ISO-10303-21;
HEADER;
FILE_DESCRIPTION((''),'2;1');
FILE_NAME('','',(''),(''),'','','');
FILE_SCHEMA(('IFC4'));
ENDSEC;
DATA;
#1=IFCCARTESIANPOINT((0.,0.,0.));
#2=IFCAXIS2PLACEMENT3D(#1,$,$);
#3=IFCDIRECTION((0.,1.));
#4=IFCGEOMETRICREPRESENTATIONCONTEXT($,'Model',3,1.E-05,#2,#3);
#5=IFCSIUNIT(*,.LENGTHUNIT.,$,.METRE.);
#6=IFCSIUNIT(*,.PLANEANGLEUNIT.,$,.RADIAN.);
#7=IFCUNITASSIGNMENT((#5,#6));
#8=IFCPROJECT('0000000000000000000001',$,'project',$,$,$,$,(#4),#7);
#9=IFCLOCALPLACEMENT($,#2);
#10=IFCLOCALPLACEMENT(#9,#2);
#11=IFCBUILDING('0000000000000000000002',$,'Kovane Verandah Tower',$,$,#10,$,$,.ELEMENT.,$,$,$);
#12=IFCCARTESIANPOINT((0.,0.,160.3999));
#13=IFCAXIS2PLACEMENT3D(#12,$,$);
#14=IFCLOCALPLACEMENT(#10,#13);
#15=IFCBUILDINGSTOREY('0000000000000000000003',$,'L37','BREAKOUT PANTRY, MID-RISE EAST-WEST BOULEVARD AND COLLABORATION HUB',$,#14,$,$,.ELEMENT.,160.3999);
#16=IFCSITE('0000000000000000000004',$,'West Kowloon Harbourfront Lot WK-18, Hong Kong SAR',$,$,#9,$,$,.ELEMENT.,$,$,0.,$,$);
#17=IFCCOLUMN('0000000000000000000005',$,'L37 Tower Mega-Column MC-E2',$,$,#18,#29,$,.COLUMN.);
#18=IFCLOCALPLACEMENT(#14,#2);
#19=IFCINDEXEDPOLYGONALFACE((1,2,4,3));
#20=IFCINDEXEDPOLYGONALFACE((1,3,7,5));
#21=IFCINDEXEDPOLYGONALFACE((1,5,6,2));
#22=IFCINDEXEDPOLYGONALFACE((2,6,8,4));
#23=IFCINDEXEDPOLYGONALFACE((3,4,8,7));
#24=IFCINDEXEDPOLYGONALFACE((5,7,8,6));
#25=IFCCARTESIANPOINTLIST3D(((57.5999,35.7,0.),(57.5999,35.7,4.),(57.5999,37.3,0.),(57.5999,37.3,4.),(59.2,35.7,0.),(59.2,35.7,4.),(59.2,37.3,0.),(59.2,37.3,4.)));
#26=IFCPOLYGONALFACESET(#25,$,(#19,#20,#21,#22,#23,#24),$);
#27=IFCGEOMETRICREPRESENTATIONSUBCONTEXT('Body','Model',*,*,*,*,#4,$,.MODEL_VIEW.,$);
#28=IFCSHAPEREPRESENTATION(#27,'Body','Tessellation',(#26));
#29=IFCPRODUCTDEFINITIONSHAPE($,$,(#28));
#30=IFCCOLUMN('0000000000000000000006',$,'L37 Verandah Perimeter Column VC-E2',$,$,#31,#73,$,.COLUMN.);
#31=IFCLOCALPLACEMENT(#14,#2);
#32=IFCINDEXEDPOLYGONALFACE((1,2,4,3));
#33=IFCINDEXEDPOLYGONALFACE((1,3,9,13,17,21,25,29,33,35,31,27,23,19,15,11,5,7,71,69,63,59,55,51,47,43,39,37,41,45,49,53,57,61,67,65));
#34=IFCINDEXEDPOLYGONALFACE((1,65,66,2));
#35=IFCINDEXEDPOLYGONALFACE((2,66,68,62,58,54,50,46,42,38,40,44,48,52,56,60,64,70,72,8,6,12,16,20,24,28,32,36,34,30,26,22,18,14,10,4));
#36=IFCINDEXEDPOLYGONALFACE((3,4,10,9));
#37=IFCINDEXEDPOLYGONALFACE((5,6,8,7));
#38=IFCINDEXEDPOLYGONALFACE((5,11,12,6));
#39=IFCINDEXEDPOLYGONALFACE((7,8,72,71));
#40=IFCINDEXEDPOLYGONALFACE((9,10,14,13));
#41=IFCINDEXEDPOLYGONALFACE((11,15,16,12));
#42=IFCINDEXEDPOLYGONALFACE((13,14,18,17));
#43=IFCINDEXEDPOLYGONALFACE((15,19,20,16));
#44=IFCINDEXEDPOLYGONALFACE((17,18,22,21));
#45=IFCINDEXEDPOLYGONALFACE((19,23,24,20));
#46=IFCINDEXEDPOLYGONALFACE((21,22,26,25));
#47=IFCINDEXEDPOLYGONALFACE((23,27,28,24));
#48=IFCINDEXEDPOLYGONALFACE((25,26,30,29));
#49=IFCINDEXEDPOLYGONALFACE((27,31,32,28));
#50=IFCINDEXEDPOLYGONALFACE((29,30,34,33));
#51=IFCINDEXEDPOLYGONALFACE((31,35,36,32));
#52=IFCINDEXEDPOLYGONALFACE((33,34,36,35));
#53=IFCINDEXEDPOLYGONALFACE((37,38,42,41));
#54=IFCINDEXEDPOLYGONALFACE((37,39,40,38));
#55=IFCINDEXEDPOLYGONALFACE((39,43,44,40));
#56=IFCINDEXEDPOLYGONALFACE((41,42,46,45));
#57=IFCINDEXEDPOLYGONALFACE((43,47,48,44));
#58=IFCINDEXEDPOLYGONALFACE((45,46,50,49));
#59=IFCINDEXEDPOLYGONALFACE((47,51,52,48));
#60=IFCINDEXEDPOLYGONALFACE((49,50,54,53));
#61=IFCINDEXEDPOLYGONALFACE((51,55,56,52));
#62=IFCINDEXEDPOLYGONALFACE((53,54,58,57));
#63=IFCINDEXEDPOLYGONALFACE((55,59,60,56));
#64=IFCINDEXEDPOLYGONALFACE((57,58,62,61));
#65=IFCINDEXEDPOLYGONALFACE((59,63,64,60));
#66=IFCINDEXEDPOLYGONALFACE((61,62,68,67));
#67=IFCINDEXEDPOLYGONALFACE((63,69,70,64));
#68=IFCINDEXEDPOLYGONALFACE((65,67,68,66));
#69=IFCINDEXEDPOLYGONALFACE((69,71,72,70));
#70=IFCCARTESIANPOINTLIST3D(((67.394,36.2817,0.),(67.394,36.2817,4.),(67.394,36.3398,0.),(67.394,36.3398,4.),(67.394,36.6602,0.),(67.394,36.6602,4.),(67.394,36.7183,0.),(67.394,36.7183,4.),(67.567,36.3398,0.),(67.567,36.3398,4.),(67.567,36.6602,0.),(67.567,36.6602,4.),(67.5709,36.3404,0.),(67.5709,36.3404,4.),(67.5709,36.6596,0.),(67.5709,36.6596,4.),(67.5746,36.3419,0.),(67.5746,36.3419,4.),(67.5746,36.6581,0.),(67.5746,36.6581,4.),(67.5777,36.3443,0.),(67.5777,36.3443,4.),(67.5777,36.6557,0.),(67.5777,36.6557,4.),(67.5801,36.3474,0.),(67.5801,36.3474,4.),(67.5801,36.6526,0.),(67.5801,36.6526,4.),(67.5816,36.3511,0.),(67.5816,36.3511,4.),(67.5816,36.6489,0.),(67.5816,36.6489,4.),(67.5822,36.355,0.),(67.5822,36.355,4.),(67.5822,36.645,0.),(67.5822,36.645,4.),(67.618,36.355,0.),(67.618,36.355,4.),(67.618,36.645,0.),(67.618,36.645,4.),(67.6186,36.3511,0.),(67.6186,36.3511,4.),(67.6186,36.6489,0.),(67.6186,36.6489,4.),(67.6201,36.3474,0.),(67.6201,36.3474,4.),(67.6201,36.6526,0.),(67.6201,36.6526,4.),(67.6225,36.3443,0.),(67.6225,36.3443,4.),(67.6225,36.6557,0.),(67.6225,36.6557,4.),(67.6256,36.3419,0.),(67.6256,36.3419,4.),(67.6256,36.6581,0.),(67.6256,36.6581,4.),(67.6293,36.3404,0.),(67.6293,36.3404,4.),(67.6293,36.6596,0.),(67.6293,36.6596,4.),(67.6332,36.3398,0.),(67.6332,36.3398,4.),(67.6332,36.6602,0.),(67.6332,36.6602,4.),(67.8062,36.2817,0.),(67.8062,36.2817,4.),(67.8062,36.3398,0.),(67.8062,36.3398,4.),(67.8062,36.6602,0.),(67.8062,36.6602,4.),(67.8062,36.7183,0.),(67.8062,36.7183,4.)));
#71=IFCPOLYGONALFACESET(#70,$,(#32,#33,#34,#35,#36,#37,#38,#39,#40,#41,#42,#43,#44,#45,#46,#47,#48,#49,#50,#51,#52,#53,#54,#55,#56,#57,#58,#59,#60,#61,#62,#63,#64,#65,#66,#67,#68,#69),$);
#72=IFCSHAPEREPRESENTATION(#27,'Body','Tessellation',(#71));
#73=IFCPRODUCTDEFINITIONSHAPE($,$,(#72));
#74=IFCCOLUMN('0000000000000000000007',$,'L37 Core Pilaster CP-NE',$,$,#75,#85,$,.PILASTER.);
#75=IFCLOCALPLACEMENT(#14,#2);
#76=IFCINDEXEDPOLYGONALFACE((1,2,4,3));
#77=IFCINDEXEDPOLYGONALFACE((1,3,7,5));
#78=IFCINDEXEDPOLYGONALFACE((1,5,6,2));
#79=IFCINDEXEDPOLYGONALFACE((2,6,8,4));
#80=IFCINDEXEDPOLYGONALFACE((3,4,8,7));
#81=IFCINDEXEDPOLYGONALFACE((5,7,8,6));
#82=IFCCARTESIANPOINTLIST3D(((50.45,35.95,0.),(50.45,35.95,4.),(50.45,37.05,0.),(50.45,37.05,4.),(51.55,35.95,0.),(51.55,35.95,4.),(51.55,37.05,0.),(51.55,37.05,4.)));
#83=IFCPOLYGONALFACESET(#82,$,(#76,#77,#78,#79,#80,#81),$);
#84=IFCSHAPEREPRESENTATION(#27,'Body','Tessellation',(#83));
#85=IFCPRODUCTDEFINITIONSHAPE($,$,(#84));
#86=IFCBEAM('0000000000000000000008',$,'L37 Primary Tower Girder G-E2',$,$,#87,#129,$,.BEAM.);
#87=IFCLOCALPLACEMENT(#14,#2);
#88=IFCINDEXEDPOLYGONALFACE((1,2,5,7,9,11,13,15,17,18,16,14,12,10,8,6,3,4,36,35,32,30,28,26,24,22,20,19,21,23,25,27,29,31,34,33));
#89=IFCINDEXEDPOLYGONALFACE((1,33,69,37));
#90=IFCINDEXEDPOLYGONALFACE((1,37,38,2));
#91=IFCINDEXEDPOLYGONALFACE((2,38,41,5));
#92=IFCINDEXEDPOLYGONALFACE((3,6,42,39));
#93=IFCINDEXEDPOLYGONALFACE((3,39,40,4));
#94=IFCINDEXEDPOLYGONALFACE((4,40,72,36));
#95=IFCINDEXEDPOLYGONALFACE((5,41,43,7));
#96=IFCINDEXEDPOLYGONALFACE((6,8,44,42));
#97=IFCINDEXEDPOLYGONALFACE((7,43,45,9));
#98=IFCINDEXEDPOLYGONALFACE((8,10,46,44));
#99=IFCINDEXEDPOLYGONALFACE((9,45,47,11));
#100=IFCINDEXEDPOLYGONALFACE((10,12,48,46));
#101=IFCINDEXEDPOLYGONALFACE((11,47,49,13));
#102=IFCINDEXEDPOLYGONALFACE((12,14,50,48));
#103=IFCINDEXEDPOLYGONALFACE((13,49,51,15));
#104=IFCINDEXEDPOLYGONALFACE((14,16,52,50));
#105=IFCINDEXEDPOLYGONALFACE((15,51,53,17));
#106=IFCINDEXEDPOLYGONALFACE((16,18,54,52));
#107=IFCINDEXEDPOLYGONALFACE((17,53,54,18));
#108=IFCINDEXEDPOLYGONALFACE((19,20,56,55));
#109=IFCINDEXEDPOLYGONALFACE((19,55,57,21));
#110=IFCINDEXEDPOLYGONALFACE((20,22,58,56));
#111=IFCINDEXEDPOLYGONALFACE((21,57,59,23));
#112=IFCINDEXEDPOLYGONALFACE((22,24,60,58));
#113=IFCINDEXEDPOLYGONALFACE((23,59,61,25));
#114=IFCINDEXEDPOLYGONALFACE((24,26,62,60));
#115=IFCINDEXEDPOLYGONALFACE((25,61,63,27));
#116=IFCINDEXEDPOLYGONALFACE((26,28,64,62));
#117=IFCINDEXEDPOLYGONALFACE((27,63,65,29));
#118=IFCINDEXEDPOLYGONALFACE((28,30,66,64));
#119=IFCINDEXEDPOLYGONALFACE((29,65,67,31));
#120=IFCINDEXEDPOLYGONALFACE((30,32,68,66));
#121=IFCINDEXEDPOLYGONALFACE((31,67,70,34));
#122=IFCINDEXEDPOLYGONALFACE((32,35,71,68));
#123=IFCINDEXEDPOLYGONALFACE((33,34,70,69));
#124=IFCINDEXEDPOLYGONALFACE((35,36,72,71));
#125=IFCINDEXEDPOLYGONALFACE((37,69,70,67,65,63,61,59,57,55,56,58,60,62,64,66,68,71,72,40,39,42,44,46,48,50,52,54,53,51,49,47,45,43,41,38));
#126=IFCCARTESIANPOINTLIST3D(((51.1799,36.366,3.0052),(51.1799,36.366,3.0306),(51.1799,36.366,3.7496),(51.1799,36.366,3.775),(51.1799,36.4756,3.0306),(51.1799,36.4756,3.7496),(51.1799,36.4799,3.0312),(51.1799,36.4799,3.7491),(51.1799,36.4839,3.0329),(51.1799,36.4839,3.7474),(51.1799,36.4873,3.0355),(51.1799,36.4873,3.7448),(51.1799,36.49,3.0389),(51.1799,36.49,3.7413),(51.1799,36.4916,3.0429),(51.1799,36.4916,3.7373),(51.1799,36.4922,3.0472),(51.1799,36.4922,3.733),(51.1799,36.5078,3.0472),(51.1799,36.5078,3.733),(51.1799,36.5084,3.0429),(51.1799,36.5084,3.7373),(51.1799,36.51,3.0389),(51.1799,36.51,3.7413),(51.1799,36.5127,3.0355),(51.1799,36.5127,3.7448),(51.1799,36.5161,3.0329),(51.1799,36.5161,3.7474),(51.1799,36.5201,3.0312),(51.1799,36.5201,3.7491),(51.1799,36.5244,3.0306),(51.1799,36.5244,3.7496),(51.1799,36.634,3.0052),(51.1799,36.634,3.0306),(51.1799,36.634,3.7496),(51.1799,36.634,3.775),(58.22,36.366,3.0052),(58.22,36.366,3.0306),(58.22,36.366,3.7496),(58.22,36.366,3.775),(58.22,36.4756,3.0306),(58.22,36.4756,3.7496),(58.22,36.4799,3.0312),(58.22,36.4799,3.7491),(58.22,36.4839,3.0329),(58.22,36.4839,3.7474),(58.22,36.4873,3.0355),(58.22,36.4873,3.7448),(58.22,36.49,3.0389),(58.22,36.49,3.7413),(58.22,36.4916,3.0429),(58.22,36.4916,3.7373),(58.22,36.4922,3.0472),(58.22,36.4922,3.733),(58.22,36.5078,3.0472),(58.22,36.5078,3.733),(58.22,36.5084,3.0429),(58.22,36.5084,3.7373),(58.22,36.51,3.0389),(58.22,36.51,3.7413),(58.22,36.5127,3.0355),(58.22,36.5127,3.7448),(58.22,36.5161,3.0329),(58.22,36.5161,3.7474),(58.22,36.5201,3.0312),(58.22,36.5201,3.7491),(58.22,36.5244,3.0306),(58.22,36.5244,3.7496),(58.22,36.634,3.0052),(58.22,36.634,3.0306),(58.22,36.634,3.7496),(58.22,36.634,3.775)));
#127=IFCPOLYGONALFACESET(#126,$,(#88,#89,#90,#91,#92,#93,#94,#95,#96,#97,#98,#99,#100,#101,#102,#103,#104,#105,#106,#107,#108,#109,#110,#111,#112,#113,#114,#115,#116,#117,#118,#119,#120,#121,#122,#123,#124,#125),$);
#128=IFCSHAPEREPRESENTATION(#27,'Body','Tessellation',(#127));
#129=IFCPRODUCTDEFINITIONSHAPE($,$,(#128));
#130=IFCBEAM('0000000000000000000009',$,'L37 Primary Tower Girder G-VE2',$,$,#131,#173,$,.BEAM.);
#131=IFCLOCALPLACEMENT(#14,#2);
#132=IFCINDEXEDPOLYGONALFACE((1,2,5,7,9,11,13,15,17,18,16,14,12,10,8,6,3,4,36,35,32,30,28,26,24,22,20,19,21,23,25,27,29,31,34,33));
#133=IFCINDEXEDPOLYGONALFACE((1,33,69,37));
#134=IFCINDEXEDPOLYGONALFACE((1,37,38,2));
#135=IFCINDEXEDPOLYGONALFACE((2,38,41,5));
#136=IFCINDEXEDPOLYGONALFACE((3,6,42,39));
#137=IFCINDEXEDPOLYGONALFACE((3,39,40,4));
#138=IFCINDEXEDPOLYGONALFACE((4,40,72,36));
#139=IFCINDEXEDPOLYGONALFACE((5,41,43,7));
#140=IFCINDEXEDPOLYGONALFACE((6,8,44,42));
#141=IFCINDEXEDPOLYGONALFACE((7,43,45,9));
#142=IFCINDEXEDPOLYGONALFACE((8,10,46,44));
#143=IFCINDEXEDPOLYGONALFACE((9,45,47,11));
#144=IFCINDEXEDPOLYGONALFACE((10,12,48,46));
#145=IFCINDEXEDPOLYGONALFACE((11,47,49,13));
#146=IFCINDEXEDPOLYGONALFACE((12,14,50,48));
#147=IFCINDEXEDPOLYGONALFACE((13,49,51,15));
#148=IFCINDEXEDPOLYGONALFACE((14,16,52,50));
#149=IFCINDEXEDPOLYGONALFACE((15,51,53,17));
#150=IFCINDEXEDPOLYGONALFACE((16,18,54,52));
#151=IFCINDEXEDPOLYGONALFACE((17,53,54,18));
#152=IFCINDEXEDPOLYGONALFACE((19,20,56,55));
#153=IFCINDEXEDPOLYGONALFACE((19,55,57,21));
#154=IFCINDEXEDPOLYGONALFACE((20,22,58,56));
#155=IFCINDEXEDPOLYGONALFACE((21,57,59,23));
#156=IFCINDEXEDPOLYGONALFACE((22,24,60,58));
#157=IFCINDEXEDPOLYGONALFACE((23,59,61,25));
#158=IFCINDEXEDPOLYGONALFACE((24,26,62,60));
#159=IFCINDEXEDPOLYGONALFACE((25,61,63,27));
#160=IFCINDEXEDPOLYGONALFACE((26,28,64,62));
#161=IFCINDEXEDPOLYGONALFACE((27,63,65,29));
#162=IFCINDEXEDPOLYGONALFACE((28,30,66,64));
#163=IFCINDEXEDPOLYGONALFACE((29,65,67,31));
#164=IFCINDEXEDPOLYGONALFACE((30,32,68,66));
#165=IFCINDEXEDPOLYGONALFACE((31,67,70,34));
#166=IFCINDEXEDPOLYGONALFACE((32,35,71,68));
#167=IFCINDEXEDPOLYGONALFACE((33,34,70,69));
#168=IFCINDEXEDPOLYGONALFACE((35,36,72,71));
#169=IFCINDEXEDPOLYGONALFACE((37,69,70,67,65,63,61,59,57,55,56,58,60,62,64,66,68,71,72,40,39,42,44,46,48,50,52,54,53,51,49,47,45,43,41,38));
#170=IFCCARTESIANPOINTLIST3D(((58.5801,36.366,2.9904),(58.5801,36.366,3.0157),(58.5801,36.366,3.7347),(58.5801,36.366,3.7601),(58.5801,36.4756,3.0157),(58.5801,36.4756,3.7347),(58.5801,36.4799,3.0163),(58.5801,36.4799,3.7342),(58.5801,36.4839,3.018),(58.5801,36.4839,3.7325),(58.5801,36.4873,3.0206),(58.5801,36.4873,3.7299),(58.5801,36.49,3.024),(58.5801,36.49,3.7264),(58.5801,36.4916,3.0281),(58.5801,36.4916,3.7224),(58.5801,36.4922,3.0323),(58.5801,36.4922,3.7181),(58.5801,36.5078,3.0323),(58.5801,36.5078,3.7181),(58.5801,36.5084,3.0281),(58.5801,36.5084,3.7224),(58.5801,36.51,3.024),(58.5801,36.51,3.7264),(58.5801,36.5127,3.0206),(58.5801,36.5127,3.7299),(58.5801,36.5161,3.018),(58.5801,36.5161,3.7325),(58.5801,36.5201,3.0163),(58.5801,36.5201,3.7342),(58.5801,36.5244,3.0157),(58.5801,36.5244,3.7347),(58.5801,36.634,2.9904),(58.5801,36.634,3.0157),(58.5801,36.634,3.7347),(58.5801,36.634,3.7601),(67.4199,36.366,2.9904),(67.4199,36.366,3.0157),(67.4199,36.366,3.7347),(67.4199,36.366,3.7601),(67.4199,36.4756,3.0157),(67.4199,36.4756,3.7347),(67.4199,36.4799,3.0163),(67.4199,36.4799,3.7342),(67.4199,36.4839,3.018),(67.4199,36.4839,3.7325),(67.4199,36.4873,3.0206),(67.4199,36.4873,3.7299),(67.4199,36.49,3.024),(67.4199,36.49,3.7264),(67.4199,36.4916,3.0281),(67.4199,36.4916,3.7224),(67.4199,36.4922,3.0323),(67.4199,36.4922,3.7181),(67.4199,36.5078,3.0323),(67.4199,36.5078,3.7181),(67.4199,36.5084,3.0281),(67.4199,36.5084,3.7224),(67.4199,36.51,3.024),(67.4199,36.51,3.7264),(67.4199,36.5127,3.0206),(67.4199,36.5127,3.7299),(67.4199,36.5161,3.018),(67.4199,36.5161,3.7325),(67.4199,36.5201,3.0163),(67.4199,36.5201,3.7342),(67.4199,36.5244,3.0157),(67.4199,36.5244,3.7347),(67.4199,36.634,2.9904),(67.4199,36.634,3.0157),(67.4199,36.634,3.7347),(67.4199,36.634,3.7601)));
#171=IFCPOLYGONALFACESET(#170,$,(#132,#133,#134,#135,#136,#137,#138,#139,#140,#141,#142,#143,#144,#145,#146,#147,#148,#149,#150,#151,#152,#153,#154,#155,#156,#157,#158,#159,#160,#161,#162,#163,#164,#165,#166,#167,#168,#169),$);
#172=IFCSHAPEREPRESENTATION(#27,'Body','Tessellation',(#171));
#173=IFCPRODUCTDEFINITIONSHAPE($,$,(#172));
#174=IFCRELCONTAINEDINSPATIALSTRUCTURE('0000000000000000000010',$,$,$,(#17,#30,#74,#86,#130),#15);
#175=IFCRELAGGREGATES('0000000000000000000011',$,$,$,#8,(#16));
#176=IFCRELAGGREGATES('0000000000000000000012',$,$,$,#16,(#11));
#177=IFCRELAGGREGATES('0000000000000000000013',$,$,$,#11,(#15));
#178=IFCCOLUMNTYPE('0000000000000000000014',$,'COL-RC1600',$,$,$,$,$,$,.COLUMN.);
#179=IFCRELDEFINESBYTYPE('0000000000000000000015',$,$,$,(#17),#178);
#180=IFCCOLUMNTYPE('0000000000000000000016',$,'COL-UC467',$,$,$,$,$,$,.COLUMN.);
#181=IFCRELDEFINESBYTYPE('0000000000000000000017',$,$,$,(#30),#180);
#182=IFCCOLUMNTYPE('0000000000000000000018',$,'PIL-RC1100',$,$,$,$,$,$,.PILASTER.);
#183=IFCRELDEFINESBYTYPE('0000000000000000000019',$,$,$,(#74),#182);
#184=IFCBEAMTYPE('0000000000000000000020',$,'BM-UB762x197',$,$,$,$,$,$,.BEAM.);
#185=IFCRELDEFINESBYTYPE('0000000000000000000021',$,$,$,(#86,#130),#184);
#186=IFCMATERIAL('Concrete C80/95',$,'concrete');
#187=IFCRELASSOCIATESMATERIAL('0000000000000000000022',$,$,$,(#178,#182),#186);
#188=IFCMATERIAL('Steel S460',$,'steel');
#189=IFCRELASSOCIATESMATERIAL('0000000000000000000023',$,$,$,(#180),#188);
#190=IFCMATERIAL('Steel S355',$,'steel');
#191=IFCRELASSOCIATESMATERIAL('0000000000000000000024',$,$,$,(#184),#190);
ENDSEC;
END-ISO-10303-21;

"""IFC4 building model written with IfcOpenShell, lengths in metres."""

from ifc_helpers import new_model, si_unit, direction, frame, origin, origin_2d, place, context, subcontext, project, spatial, rectangle, i_section, extrude, material, material_profile, profile_set, type_object, element, save


model = new_model("IFC4")

# Units and contexts
model_context = context("Model", 3, precision=1e-05, world=origin(), true_north=direction((0.0, 1.0)))
body_context = subcontext(model_context, "Body", "Model", "MODEL_VIEW")
ifc_project = project(units=[si_unit("LENGTHUNIT", "METRE"), si_unit("PLANEANGLEUNIT", "RADIAN")], contexts=[model_context])

# Site, building, storey
site_placement = place(None, origin())
site = spatial("IfcSite", under=ifc_project, at=site_placement, Name="West Kowloon Harbourfront Lot WK-18, Hong Kong SAR", CompositionType="ELEMENT", RefElevation=0.0)
building_placement = place(site_placement, origin())
building = spatial("IfcBuilding", under=site, at=building_placement, Name="Kovane Verandah Tower", CompositionType="ELEMENT")
storey_placement = place(building_placement, frame((0.0, 0.0, 160.3999)))
storey = spatial("IfcBuildingStorey", under=building, at=storey_placement, Name="L37", Description="BREAKOUT PANTRY, MID-RISE EAST-WEST BOULEVARD AND COLLABORATION HUB", CompositionType="ELEMENT", Elevation=160.3999)

# Columns
ifc_material_1 = material(Name="Concrete C80/95", Category="concrete")
ifc_material_profile_1 = material_profile(ifc_material_1, rectangle(XDim=1.6001, YDim=1.6001, at=origin_2d()), Name="RC1600x1600")
ifc_profile_set_1 = profile_set([ifc_material_profile_1], Name="Concrete C80/95")
column_type_1 = type_object("IfcColumnType", Name="COL-RC1600", PredefinedType="COLUMN", material=ifc_profile_set_1)
column_1_placement = place(storey_placement, frame((58.3999, 36.5, 0.0), z_axis=(0.0, 0.0, 1.0), x_axis=(1.0, 0.0, 0.0)))
element("IfcColumn", 1, at=column_1_placement, inside=storey, type_object=column_type_1, Name="L37 Tower Mega-Column MC-E2", PredefinedType="COLUMN", context=body_context, shape_type="SweptSolid", body=[
    extrude(rectangle(XDim=1.6001, YDim=1.6001, at=origin_2d()), origin(), (0.0, 0.0, 1.0), 4.0),
])
ifc_material_2 = material(Name="Steel S460", Category="steel")
ifc_material_profile_2 = material_profile(ifc_material_2, i_section(OverallWidth=0.4121, OverallDepth=0.4365, WebThickness=0.0359, FlangeThickness=0.0581, FilletRadius=0.0151, at=origin_2d()), Name="UC356x406x467")
ifc_profile_set_2 = profile_set([ifc_material_profile_2], Name="Steel S460")
column_type_2 = type_object("IfcColumnType", Name="COL-UC467", PredefinedType="COLUMN", material=ifc_profile_set_2)
column_2_placement = place(storey_placement, frame((67.6001, 36.5, 0.0), z_axis=(0.0, 0.0, 1.0), x_axis=(1.0, 0.0, 0.0)))
element("IfcColumn", 2, at=column_2_placement, inside=storey, type_object=column_type_2, Name="L37 Verandah Perimeter Column VC-E2", PredefinedType="COLUMN", context=body_context, shape_type="SweptSolid", body=[
    extrude(i_section(OverallWidth=0.4121, OverallDepth=0.4365, WebThickness=0.0359, FlangeThickness=0.0581, FilletRadius=0.0151, at=origin_2d()), origin(), (0.0, 0.0, 1.0), 4.0),
])
ifc_material_profile_3 = material_profile(ifc_material_1, rectangle(XDim=1.1001, YDim=1.1001, at=origin_2d()), Name="RC1100x1100")
ifc_profile_set_3 = profile_set([ifc_material_profile_3], Name="Concrete C80/95")
column_type_3 = type_object("IfcColumnType", Name="PIL-RC1100", PredefinedType="PILASTER", material=ifc_profile_set_3)
column_3_placement = place(storey_placement, frame((51.0, 36.5, 0.0), z_axis=(0.0, 0.0, 1.0), x_axis=(1.0, 0.0, 0.0)))
element("IfcColumn", 3, at=column_3_placement, inside=storey, type_object=column_type_3, Name="L37 Core Pilaster CP-NE", PredefinedType="PILASTER", context=body_context, shape_type="SweptSolid", body=[
    extrude(rectangle(XDim=1.1001, YDim=1.1001, at=origin_2d()), origin(), (0.0, 0.0, 1.0), 4.0),
])

# Beams
ifc_material_3 = material(Name="Steel S355", Category="steel")
ifc_material_profile_4 = material_profile(ifc_material_3, i_section(OverallWidth=0.2681, OverallDepth=0.7698, WebThickness=0.0156, FlangeThickness=0.0254, FilletRadius=0.0166, at=origin_2d()), Name="UB762x267x197")
ifc_profile_set_4 = profile_set([ifc_material_profile_4], Name="Steel S355")
beam_type = type_object("IfcBeamType", Name="BM-UB762x197", PredefinedType="BEAM", material=ifc_profile_set_4)
beam_1_placement = place(storey_placement, frame((51.1799, 36.5, 3.3901), z_axis=(1.0, 0.0, 0.0), x_axis=(0.0, 1.0, 0.0)))
element("IfcBeam", 4, at=beam_1_placement, inside=storey, type_object=beam_type, Name="L37 Primary Tower Girder G-E2", PredefinedType="BEAM", context=body_context, shape_type="SweptSolid", body=[
    extrude(i_section(OverallWidth=0.2681, OverallDepth=0.7698, WebThickness=0.0156, FlangeThickness=0.0254, FilletRadius=0.0166, at=origin_2d()), origin(), (0.0, 0.0, 1.0), 7.04),
])
beam_2_placement = place(storey_placement, frame((58.5801, 36.5, 3.3752), z_axis=(1.0, 0.0, 0.0), x_axis=(0.0, 1.0, 0.0)))
element("IfcBeam", 5, at=beam_2_placement, inside=storey, type_object=beam_type, Name="L37 Primary Tower Girder G-VE2", PredefinedType="BEAM", context=body_context, shape_type="SweptSolid", body=[
    extrude(i_section(OverallWidth=0.2681, OverallDepth=0.7698, WebThickness=0.0156, FlangeThickness=0.0254, FilletRadius=0.0166, at=origin_2d()), origin(), (0.0, 0.0, 1.0), 8.8398),
])

save(model, "model.ifc")
